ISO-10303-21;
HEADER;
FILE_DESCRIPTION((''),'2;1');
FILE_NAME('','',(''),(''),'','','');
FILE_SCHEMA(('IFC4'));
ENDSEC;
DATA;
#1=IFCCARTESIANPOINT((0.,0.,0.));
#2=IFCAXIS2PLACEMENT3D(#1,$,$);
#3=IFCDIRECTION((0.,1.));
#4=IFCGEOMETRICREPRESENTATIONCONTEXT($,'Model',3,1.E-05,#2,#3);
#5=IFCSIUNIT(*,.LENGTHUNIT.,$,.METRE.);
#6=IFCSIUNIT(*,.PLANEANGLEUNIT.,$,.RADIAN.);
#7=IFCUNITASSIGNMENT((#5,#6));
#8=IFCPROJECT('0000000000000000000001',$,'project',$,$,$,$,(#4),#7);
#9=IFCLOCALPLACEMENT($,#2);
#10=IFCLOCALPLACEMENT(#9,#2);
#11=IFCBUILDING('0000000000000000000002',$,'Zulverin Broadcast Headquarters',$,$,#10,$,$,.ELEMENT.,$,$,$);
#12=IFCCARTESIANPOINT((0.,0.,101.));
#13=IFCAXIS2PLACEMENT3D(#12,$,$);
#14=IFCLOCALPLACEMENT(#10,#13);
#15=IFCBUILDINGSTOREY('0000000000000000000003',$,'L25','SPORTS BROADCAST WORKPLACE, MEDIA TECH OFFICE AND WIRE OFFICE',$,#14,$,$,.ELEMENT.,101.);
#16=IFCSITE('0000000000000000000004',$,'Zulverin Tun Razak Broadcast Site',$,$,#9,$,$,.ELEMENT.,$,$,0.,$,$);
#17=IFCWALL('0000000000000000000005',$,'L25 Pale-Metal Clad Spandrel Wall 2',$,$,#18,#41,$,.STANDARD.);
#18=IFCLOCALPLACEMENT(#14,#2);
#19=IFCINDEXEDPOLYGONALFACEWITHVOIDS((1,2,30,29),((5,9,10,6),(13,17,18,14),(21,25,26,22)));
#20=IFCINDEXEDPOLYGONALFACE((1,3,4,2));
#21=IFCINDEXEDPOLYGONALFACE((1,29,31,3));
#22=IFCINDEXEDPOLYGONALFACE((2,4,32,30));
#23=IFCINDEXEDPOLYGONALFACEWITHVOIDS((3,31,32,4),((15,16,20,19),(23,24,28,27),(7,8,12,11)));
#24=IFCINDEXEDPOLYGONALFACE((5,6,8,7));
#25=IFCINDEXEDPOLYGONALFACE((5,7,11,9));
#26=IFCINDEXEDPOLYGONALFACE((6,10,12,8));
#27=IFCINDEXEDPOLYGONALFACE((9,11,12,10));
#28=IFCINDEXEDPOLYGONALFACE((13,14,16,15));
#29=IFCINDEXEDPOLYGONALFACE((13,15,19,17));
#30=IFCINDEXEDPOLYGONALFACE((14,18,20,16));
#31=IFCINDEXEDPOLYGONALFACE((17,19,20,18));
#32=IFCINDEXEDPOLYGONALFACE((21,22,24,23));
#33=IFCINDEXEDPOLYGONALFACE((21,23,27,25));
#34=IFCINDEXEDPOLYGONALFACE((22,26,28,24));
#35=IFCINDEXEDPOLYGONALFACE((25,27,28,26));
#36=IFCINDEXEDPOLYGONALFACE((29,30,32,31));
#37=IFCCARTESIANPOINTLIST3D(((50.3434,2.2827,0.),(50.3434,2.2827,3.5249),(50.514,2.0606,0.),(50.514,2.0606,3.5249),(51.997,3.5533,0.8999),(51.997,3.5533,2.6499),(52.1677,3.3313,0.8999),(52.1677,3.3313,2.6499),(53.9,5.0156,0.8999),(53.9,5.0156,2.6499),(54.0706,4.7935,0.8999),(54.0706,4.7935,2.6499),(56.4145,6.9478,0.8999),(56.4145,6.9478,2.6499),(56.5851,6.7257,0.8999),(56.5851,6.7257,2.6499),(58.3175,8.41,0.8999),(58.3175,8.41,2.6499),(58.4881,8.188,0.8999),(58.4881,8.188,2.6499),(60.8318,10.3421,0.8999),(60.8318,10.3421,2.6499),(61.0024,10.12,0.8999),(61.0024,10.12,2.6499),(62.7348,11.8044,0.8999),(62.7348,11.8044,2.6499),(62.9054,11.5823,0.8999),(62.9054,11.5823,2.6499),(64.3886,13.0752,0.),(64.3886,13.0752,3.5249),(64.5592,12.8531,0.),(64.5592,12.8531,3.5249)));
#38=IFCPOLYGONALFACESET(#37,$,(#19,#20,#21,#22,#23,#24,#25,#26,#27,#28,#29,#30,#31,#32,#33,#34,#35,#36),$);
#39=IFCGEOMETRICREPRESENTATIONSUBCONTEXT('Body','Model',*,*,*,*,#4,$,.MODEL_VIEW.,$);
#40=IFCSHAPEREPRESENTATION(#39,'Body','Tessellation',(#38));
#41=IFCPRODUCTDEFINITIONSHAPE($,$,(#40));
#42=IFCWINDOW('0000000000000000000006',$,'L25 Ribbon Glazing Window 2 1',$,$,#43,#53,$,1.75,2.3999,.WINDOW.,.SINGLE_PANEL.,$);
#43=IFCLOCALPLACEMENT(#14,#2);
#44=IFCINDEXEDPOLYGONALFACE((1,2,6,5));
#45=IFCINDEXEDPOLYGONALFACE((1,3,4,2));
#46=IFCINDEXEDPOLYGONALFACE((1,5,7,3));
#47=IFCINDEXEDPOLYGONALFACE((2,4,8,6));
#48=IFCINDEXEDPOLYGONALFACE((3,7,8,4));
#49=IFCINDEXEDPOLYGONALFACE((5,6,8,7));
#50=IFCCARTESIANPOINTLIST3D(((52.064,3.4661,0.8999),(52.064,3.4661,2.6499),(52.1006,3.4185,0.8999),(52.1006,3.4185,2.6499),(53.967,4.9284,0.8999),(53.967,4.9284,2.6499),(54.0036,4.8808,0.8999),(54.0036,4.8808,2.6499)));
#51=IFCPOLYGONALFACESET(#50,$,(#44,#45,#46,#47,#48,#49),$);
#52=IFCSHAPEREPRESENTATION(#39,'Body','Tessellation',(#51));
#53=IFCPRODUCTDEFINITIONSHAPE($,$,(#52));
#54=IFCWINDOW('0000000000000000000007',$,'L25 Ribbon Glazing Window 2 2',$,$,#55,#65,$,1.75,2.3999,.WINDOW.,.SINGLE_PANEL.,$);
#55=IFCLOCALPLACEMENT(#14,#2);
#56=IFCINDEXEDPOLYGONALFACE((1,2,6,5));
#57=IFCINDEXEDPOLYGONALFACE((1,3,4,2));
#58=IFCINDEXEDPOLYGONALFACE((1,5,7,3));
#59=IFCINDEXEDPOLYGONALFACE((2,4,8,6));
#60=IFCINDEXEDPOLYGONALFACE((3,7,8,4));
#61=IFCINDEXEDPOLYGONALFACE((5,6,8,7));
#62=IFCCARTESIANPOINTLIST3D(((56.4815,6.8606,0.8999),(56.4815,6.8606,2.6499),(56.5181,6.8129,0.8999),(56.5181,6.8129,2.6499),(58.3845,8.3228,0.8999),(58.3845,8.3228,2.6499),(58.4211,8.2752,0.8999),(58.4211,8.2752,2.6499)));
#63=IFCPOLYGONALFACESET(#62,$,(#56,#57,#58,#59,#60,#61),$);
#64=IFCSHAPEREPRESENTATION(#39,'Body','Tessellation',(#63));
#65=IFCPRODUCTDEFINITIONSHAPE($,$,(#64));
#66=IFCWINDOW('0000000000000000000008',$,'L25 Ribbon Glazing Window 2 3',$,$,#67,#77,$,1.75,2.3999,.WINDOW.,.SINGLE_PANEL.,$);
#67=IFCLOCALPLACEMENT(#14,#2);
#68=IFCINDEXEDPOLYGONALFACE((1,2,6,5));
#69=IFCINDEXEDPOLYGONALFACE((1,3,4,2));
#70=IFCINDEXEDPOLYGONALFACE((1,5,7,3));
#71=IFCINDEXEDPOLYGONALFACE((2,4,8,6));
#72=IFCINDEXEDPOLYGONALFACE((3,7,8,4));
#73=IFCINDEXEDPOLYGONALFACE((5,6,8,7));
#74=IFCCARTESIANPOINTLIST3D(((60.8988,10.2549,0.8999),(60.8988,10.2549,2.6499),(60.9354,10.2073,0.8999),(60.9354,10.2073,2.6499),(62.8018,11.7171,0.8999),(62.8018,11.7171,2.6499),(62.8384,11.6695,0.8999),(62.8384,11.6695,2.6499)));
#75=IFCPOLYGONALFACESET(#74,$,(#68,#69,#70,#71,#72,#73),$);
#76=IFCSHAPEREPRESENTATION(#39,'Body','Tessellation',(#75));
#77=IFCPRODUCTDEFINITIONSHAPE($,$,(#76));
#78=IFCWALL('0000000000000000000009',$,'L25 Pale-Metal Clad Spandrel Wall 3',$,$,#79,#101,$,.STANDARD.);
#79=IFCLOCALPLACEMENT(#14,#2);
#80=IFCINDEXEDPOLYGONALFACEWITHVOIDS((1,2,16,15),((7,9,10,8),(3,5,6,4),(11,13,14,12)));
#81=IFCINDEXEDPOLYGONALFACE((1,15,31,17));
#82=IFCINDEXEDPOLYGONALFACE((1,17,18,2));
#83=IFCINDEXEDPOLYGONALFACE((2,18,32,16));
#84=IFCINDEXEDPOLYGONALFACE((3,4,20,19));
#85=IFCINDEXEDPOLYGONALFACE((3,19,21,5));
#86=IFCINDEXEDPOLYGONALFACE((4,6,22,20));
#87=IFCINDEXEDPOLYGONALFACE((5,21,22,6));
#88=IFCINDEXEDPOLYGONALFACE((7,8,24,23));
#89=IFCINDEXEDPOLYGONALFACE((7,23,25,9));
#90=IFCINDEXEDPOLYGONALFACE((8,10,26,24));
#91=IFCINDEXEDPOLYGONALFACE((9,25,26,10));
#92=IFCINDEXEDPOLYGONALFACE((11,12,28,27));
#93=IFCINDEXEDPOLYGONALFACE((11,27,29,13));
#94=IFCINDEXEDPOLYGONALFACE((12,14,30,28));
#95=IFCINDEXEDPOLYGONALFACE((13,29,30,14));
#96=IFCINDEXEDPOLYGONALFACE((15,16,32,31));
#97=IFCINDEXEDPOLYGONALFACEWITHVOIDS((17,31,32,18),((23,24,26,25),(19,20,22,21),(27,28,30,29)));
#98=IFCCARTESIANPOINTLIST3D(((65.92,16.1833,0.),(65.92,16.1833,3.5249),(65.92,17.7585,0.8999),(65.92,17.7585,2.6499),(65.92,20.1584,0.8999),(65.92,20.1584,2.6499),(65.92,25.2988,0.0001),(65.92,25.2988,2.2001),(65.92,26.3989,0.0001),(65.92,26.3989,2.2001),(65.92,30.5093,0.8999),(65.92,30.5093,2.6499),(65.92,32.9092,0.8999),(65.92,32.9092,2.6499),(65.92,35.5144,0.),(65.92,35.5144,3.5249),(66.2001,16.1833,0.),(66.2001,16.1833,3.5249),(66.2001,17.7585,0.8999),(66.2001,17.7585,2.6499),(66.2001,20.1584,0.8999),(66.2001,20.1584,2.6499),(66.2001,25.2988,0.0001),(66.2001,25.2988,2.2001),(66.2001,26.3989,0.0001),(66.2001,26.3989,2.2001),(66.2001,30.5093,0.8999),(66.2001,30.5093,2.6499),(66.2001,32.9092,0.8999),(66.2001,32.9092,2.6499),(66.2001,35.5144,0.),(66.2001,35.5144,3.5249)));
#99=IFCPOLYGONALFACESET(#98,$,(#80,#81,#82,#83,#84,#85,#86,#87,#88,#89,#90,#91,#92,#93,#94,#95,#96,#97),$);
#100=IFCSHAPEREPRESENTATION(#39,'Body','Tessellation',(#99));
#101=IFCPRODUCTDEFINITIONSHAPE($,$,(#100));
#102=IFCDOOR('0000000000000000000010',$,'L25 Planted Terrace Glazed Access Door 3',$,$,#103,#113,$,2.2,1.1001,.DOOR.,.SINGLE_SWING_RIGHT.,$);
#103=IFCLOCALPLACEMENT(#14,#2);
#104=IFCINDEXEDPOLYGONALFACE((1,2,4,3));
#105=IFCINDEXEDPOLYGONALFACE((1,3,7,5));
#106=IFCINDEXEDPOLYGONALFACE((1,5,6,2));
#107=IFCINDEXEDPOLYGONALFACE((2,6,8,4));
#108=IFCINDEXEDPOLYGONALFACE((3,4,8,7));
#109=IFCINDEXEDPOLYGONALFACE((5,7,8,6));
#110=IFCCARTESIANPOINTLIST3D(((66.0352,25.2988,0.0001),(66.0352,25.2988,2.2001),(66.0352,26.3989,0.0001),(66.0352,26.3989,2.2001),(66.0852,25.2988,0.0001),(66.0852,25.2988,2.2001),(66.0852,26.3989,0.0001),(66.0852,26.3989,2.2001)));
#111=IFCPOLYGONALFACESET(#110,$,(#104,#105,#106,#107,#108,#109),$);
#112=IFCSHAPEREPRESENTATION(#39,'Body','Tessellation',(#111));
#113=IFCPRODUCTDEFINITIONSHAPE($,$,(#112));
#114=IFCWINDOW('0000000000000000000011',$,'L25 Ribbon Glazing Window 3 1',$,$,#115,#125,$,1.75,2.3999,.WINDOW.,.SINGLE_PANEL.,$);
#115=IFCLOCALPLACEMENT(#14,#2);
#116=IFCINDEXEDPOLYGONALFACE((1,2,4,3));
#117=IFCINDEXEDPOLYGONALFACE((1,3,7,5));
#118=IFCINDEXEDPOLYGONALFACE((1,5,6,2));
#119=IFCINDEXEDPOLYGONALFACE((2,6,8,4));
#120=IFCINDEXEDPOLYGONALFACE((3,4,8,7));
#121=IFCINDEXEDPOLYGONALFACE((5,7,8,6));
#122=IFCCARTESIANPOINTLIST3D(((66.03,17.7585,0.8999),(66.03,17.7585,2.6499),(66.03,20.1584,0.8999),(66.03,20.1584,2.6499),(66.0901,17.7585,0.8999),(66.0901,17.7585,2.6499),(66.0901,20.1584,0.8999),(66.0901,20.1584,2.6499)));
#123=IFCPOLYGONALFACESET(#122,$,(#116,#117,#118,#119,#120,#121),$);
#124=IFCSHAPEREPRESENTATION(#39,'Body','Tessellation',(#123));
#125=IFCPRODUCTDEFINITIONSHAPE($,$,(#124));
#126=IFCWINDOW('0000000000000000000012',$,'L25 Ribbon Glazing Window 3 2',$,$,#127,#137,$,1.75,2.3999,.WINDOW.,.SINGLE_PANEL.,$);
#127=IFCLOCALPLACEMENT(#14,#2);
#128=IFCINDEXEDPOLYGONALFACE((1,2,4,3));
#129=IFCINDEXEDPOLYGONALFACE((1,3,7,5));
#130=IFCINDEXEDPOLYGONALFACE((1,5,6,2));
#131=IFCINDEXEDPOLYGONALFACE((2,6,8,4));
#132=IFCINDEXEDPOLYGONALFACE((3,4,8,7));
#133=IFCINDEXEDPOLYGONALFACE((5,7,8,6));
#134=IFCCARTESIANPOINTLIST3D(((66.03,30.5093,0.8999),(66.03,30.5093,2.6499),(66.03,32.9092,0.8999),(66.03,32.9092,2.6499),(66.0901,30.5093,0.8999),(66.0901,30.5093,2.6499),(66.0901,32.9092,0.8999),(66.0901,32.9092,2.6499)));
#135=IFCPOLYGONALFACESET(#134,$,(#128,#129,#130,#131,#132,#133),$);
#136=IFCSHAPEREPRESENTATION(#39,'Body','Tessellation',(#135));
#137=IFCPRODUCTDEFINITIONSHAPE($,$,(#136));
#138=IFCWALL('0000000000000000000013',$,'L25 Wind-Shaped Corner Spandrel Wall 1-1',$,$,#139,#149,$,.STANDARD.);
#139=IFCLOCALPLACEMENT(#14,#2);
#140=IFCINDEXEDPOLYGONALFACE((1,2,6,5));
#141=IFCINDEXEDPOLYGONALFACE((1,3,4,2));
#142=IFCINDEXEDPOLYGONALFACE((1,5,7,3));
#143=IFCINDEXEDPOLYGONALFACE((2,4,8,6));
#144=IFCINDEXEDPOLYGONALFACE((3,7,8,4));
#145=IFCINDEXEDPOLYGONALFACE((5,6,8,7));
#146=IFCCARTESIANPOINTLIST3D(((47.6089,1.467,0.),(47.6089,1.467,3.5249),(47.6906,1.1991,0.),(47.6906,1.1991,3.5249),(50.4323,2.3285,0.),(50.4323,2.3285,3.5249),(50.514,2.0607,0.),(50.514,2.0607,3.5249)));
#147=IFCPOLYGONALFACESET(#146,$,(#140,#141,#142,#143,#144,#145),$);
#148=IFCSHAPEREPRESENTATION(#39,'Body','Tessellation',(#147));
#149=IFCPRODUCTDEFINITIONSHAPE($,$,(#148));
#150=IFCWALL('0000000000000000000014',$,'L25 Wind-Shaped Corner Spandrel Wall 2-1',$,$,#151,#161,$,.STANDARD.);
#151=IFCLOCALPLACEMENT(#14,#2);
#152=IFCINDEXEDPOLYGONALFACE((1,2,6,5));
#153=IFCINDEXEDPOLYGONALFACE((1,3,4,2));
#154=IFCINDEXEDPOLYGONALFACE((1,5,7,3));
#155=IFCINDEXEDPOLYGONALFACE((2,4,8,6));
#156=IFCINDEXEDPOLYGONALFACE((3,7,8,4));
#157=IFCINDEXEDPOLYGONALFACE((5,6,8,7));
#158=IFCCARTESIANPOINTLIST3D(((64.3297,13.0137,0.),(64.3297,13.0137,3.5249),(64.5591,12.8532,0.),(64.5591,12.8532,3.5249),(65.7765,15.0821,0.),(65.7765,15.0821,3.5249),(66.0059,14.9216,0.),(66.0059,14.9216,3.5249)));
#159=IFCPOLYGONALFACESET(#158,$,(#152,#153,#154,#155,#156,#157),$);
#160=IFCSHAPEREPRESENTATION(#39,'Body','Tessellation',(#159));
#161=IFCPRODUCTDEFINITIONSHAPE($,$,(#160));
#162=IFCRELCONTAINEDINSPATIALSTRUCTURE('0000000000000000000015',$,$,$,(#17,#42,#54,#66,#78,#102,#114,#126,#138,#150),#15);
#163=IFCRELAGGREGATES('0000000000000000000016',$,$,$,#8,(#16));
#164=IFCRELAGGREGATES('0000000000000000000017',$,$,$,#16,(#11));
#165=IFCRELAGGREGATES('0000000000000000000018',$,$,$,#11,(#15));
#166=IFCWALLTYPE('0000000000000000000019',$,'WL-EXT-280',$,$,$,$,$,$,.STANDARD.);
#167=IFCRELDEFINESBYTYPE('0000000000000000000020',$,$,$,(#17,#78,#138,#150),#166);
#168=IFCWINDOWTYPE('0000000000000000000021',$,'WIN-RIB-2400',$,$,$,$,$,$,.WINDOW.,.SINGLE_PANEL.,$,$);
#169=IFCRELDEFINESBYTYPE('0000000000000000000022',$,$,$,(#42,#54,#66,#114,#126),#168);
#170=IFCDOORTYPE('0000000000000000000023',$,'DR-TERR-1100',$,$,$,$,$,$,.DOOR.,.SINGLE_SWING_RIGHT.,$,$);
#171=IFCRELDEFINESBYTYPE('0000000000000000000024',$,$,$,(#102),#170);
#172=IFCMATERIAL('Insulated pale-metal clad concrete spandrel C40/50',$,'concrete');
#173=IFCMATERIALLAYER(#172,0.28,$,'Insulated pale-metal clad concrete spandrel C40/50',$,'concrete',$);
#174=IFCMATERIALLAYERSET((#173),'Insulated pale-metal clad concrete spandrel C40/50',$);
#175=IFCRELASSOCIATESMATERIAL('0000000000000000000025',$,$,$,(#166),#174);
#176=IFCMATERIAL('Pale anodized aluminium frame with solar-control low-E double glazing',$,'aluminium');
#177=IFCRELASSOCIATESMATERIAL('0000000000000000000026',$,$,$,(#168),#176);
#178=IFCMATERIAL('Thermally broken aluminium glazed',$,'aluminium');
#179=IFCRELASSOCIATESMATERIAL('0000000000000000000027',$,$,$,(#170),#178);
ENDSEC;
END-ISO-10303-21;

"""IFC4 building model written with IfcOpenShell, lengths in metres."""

from ifc_helpers import new_model, si_unit, direction, frame, frame_2d, origin, place, context, subcontext, project, spatial, rectangle, extrude, material, layer, layer_set, type_object, element, fill, save


model = new_model("IFC4")

# Units and contexts
model_context = context("Model", 3, precision=1e-05, world=origin(), true_north=direction((0.0, 1.0)))
body_context = subcontext(model_context, "Body", "Model", "MODEL_VIEW")
ifc_project = project(units=[si_unit("LENGTHUNIT", "METRE"), si_unit("PLANEANGLEUNIT", "RADIAN")], contexts=[model_context])

# Site, building, storey
site_placement = place(None, origin())
site = spatial("IfcSite", under=ifc_project, at=site_placement, Name="Zulverin Tun Razak Broadcast Site", CompositionType="ELEMENT", RefElevation=0.0)
building_placement = place(site_placement, origin())
building = spatial("IfcBuilding", under=site, at=building_placement, Name="Zulverin Broadcast Headquarters", CompositionType="ELEMENT")
storey_placement = place(building_placement, frame((0.0, 0.0, 101.0)))
storey = spatial("IfcBuildingStorey", under=building, at=storey_placement, Name="L25", Description="SPORTS BROADCAST WORKPLACE, MEDIA TECH OFFICE AND WIRE OFFICE", CompositionType="ELEMENT", Elevation=101.0)

# Wall, openings, windows
ifc_material_1 = material(Name="Insulated pale-metal clad concrete spandrel C40/50", Category="concrete")
ifc_layer_1 = layer(ifc_material_1, 0.28, Name="Insulated pale-metal clad concrete spandrel C40/50", Category="concrete")
ifc_layer_set_1 = layer_set([ifc_layer_1], Name="Insulated pale-metal clad concrete spandrel C40/50")
wall_type_1 = type_object("IfcWallType", Name="WL-EXT-280", PredefinedType="STANDARD", material=ifc_layer_set_1)
wall_1_placement = place(storey_placement, frame((50.4287, 2.1716, 0.0), z_axis=(0.0, 0.0, 1.0), x_axis=(0.792937, 0.609303, 0.0)))
wall_1 = element("IfcWall", 1, at=wall_1_placement, inside=storey, type_object=wall_type_1, Name="L25 Pale-Metal Clad Spandrel Wall 2", PredefinedType="STANDARD", context=body_context, shape_type="SweptSolid", body=[
    extrude(rectangle(XDim=17.7129, YDim=0.28, at=frame_2d((8.8564, 0.0))), origin(), (0.0, 0.0, 1.0), 3.5249),
])
opening_1_placement = place(wall_1_placement, frame((2.0854, 0.0, 0.8999)))
opening_1 = element("IfcOpeningElement", 2, at=opening_1_placement, cuts=wall_1, PredefinedType="OPENING", context=body_context, shape_type="SweptSolid", body=[
    extrude(rectangle(XDim=2.3999, YDim=1.75, at=frame_2d((1.2, 0.875))), frame((0.0, 0.1499, 0.0), z_axis=(0.0, -1.0, 0.0), x_axis=(1.0, 0.0, 0.0)), (0.0, 0.0, 1.0), 0.3),
])
opening_2_placement = place(wall_1_placement, frame((7.6565, 0.0, 0.8999)))
opening_2 = element("IfcOpeningElement", 3, at=opening_2_placement, cuts=wall_1, PredefinedType="OPENING", context=body_context, shape_type="SweptSolid", body=[
    extrude(rectangle(XDim=2.3999, YDim=1.75, at=frame_2d((1.2, 0.875))), frame((0.0, 0.1499, 0.0), z_axis=(0.0, -1.0, 0.0), x_axis=(1.0, 0.0, 0.0)), (0.0, 0.0, 1.0), 0.3),
])
opening_3_placement = place(wall_1_placement, frame((13.2273, 0.0, 0.8999)))
opening_3 = element("IfcOpeningElement", 4, at=opening_3_placement, cuts=wall_1, PredefinedType="OPENING", context=body_context, shape_type="SweptSolid", body=[
    extrude(rectangle(XDim=2.3999, YDim=1.75, at=frame_2d((1.2, 0.875))), frame((0.0, 0.1499, 0.0), z_axis=(0.0, -1.0, 0.0), x_axis=(1.0, 0.0, 0.0)), (0.0, 0.0, 1.0), 0.3),
])
ifc_material_2 = material(Name="Pale anodized aluminium frame with solar-control low-E double glazing", Category="aluminium")
window_type = type_object("IfcWindowType", Name="WIN-RIB-2400", PartitioningType="SINGLE_PANEL", PredefinedType="WINDOW", material=ifc_material_2)
window_1_placement = place(opening_1_placement, origin())
window_1 = element("IfcWindow", 5, at=window_1_placement, inside=storey, type_object=window_type, Name="L25 Ribbon Glazing Window 2 1", OverallHeight=1.75, OverallWidth=2.3999, PartitioningType="SINGLE_PANEL", PredefinedType="WINDOW", context=body_context, shape_type="SweptSolid", body=[
    extrude(rectangle(XDim=2.3999, YDim=1.75, at=frame_2d((1.2, 0.875))), frame((0.0, 0.03, 0.0), z_axis=(0.0, -1.0, 0.0), x_axis=(1.0, 0.0, 0.0)), (0.0, 0.0, 1.0), 0.0601),
])
fill(opening_1, window_1)
window_2_placement = place(opening_2_placement, origin())
window_2 = element("IfcWindow", 6, at=window_2_placement, inside=storey, type_object=window_type, Name="L25 Ribbon Glazing Window 2 2", OverallHeight=1.75, OverallWidth=2.3999, PartitioningType="SINGLE_PANEL", PredefinedType="WINDOW", context=body_context, shape_type="SweptSolid", body=[
    extrude(rectangle(XDim=2.3999, YDim=1.75, at=frame_2d((1.2, 0.875))), frame((0.0, 0.03, 0.0), z_axis=(0.0, -1.0, 0.0), x_axis=(1.0, 0.0, 0.0)), (0.0, 0.0, 1.0), 0.0601),
])
fill(opening_2, window_2)
window_3_placement = place(opening_3_placement, origin())
window_3 = element("IfcWindow", 7, at=window_3_placement, inside=storey, type_object=window_type, Name="L25 Ribbon Glazing Window 2 3", OverallHeight=1.75, OverallWidth=2.3999, PartitioningType="SINGLE_PANEL", PredefinedType="WINDOW", context=body_context, shape_type="SweptSolid", body=[
    extrude(rectangle(XDim=2.3999, YDim=1.75, at=frame_2d((1.2, 0.875))), frame((0.0, 0.03, 0.0), z_axis=(0.0, -1.0, 0.0), x_axis=(1.0, 0.0, 0.0)), (0.0, 0.0, 1.0), 0.0601),
])
fill(opening_3, window_3)

# Wall, openings, door, windows
wall_2_placement = place(storey_placement, frame((66.0601, 16.1833, 0.0), z_axis=(0.0, 0.0, 1.0), x_axis=(0.0, 1.0, 0.0)))
wall_2 = element("IfcWall", 8, at=wall_2_placement, inside=storey, type_object=wall_type_1, Name="L25 Pale-Metal Clad Spandrel Wall 3", PredefinedType="STANDARD", context=body_context, shape_type="SweptSolid", body=[
    extrude(rectangle(XDim=19.3311, YDim=0.28, at=frame_2d((9.6655, 0.0))), origin(), (0.0, 0.0, 1.0), 3.5249),
])
opening_4_placement = place(wall_2_placement, frame((9.1155, 0.0, 0.0)))
opening_4 = element("IfcOpeningElement", 9, at=opening_4_placement, cuts=wall_2, PredefinedType="OPENING", context=body_context, shape_type="SweptSolid", body=[
    extrude(rectangle(XDim=1.1001, YDim=2.2, at=frame_2d((0.55, 1.1001))), frame((0.0, 0.1499, 0.0), z_axis=(0.0, -1.0, 0.0), x_axis=(1.0, 0.0, 0.0)), (0.0, 0.0, 1.0), 0.3),
])
opening_5_placement = place(wall_2_placement, frame((1.5752, 0.0, 0.8999)))
opening_5 = element("IfcOpeningElement", 10, at=opening_5_placement, cuts=wall_2, PredefinedType="OPENING", context=body_context, shape_type="SweptSolid", body=[
    extrude(rectangle(XDim=2.3999, YDim=1.75, at=frame_2d((1.2, 0.875))), frame((0.0, 0.1499, 0.0), z_axis=(0.0, -1.0, 0.0), x_axis=(1.0, 0.0, 0.0)), (0.0, 0.0, 1.0), 0.3),
])
opening_6_placement = place(wall_2_placement, frame((14.3259, 0.0, 0.8999)))
opening_6 = element("IfcOpeningElement", 11, at=opening_6_placement, cuts=wall_2, PredefinedType="OPENING", context=body_context, shape_type="SweptSolid", body=[
    extrude(rectangle(XDim=2.3999, YDim=1.75, at=frame_2d((1.2, 0.875))), frame((0.0, 0.1499, 0.0), z_axis=(0.0, -1.0, 0.0), x_axis=(1.0, 0.0, 0.0)), (0.0, 0.0, 1.0), 0.3),
])
ifc_material_3 = material(Name="Thermally broken aluminium glazed", Category="aluminium")
door_type_1 = type_object("IfcDoorType", Name="DR-TERR-1100", OperationType="SINGLE_SWING_RIGHT", PredefinedType="DOOR", material=ifc_material_3)
door_1_placement = place(opening_4_placement, origin())
door_1 = element("IfcDoor", 12, at=door_1_placement, inside=storey, type_object=door_type_1, Name="L25 Planted Terrace Glazed Access Door 3", OperationType="SINGLE_SWING_RIGHT", OverallHeight=2.2, OverallWidth=1.1001, PredefinedType="DOOR", context=body_context, shape_type="SweptSolid", body=[
    extrude(rectangle(XDim=1.1001, YDim=2.2, at=frame_2d((0.55, 1.1001))), frame((0.0, 0.0249, 0.0), z_axis=(0.0, -1.0, 0.0), x_axis=(1.0, 0.0, 0.0)), (0.0, 0.0, 1.0), 0.05),
])
fill(opening_4, door_1)
window_4_placement = place(opening_5_placement, origin())
window_4 = element("IfcWindow", 13, at=window_4_placement, inside=storey, type_object=window_type, Name="L25 Ribbon Glazing Window 3 1", OverallHeight=1.75, OverallWidth=2.3999, PartitioningType="SINGLE_PANEL", PredefinedType="WINDOW", context=body_context, shape_type="SweptSolid", body=[
    extrude(rectangle(XDim=2.3999, YDim=1.75, at=frame_2d((1.2, 0.875))), frame((0.0, 0.03, 0.0), z_axis=(0.0, -1.0, 0.0), x_axis=(1.0, 0.0, 0.0)), (0.0, 0.0, 1.0), 0.0601),
])
fill(opening_5, window_4)
window_5_placement = place(opening_6_placement, origin())
window_5 = element("IfcWindow", 14, at=window_5_placement, inside=storey, type_object=window_type, Name="L25 Ribbon Glazing Window 3 2", OverallHeight=1.75, OverallWidth=2.3999, PartitioningType="SINGLE_PANEL", PredefinedType="WINDOW", context=body_context, shape_type="SweptSolid", body=[
    extrude(rectangle(XDim=2.3999, YDim=1.75, at=frame_2d((1.2, 0.875))), frame((0.0, 0.03, 0.0), z_axis=(0.0, -1.0, 0.0), x_axis=(1.0, 0.0, 0.0)), (0.0, 0.0, 1.0), 0.0601),
])
fill(opening_6, window_5)

# Walls
wall_3_placement = place(storey_placement, frame((47.6497, 1.333, 0.0), z_axis=(0.0, 0.0, 1.0), x_axis=(0.956461, 0.291859, 0.0)))
element("IfcWall", 15, at=wall_3_placement, inside=storey, type_object=wall_type_1, Name="L25 Wind-Shaped Corner Spandrel Wall 1-1", PredefinedType="STANDARD", context=body_context, shape_type="SweptSolid", body=[
    extrude(rectangle(XDim=2.9519, YDim=0.28, at=frame_2d((1.4761, 0.0))), origin(), (0.0, 0.0, 1.0), 3.5249),
])
wall_4_placement = place(storey_placement, frame((64.4443, 12.9333, 0.0), z_axis=(0.0, 0.0, 1.0), x_axis=(0.573177, 0.819432, 0.0)))
element("IfcWall", 16, at=wall_4_placement, inside=storey, type_object=wall_type_1, Name="L25 Wind-Shaped Corner Spandrel Wall 2-1", PredefinedType="STANDARD", context=body_context, shape_type="SweptSolid", body=[
    extrude(rectangle(XDim=2.5242, YDim=0.28, at=frame_2d((1.2622, 0.0))), origin(), (0.0, 0.0, 1.0), 3.5249),
])

save(model, "model.ifc")
